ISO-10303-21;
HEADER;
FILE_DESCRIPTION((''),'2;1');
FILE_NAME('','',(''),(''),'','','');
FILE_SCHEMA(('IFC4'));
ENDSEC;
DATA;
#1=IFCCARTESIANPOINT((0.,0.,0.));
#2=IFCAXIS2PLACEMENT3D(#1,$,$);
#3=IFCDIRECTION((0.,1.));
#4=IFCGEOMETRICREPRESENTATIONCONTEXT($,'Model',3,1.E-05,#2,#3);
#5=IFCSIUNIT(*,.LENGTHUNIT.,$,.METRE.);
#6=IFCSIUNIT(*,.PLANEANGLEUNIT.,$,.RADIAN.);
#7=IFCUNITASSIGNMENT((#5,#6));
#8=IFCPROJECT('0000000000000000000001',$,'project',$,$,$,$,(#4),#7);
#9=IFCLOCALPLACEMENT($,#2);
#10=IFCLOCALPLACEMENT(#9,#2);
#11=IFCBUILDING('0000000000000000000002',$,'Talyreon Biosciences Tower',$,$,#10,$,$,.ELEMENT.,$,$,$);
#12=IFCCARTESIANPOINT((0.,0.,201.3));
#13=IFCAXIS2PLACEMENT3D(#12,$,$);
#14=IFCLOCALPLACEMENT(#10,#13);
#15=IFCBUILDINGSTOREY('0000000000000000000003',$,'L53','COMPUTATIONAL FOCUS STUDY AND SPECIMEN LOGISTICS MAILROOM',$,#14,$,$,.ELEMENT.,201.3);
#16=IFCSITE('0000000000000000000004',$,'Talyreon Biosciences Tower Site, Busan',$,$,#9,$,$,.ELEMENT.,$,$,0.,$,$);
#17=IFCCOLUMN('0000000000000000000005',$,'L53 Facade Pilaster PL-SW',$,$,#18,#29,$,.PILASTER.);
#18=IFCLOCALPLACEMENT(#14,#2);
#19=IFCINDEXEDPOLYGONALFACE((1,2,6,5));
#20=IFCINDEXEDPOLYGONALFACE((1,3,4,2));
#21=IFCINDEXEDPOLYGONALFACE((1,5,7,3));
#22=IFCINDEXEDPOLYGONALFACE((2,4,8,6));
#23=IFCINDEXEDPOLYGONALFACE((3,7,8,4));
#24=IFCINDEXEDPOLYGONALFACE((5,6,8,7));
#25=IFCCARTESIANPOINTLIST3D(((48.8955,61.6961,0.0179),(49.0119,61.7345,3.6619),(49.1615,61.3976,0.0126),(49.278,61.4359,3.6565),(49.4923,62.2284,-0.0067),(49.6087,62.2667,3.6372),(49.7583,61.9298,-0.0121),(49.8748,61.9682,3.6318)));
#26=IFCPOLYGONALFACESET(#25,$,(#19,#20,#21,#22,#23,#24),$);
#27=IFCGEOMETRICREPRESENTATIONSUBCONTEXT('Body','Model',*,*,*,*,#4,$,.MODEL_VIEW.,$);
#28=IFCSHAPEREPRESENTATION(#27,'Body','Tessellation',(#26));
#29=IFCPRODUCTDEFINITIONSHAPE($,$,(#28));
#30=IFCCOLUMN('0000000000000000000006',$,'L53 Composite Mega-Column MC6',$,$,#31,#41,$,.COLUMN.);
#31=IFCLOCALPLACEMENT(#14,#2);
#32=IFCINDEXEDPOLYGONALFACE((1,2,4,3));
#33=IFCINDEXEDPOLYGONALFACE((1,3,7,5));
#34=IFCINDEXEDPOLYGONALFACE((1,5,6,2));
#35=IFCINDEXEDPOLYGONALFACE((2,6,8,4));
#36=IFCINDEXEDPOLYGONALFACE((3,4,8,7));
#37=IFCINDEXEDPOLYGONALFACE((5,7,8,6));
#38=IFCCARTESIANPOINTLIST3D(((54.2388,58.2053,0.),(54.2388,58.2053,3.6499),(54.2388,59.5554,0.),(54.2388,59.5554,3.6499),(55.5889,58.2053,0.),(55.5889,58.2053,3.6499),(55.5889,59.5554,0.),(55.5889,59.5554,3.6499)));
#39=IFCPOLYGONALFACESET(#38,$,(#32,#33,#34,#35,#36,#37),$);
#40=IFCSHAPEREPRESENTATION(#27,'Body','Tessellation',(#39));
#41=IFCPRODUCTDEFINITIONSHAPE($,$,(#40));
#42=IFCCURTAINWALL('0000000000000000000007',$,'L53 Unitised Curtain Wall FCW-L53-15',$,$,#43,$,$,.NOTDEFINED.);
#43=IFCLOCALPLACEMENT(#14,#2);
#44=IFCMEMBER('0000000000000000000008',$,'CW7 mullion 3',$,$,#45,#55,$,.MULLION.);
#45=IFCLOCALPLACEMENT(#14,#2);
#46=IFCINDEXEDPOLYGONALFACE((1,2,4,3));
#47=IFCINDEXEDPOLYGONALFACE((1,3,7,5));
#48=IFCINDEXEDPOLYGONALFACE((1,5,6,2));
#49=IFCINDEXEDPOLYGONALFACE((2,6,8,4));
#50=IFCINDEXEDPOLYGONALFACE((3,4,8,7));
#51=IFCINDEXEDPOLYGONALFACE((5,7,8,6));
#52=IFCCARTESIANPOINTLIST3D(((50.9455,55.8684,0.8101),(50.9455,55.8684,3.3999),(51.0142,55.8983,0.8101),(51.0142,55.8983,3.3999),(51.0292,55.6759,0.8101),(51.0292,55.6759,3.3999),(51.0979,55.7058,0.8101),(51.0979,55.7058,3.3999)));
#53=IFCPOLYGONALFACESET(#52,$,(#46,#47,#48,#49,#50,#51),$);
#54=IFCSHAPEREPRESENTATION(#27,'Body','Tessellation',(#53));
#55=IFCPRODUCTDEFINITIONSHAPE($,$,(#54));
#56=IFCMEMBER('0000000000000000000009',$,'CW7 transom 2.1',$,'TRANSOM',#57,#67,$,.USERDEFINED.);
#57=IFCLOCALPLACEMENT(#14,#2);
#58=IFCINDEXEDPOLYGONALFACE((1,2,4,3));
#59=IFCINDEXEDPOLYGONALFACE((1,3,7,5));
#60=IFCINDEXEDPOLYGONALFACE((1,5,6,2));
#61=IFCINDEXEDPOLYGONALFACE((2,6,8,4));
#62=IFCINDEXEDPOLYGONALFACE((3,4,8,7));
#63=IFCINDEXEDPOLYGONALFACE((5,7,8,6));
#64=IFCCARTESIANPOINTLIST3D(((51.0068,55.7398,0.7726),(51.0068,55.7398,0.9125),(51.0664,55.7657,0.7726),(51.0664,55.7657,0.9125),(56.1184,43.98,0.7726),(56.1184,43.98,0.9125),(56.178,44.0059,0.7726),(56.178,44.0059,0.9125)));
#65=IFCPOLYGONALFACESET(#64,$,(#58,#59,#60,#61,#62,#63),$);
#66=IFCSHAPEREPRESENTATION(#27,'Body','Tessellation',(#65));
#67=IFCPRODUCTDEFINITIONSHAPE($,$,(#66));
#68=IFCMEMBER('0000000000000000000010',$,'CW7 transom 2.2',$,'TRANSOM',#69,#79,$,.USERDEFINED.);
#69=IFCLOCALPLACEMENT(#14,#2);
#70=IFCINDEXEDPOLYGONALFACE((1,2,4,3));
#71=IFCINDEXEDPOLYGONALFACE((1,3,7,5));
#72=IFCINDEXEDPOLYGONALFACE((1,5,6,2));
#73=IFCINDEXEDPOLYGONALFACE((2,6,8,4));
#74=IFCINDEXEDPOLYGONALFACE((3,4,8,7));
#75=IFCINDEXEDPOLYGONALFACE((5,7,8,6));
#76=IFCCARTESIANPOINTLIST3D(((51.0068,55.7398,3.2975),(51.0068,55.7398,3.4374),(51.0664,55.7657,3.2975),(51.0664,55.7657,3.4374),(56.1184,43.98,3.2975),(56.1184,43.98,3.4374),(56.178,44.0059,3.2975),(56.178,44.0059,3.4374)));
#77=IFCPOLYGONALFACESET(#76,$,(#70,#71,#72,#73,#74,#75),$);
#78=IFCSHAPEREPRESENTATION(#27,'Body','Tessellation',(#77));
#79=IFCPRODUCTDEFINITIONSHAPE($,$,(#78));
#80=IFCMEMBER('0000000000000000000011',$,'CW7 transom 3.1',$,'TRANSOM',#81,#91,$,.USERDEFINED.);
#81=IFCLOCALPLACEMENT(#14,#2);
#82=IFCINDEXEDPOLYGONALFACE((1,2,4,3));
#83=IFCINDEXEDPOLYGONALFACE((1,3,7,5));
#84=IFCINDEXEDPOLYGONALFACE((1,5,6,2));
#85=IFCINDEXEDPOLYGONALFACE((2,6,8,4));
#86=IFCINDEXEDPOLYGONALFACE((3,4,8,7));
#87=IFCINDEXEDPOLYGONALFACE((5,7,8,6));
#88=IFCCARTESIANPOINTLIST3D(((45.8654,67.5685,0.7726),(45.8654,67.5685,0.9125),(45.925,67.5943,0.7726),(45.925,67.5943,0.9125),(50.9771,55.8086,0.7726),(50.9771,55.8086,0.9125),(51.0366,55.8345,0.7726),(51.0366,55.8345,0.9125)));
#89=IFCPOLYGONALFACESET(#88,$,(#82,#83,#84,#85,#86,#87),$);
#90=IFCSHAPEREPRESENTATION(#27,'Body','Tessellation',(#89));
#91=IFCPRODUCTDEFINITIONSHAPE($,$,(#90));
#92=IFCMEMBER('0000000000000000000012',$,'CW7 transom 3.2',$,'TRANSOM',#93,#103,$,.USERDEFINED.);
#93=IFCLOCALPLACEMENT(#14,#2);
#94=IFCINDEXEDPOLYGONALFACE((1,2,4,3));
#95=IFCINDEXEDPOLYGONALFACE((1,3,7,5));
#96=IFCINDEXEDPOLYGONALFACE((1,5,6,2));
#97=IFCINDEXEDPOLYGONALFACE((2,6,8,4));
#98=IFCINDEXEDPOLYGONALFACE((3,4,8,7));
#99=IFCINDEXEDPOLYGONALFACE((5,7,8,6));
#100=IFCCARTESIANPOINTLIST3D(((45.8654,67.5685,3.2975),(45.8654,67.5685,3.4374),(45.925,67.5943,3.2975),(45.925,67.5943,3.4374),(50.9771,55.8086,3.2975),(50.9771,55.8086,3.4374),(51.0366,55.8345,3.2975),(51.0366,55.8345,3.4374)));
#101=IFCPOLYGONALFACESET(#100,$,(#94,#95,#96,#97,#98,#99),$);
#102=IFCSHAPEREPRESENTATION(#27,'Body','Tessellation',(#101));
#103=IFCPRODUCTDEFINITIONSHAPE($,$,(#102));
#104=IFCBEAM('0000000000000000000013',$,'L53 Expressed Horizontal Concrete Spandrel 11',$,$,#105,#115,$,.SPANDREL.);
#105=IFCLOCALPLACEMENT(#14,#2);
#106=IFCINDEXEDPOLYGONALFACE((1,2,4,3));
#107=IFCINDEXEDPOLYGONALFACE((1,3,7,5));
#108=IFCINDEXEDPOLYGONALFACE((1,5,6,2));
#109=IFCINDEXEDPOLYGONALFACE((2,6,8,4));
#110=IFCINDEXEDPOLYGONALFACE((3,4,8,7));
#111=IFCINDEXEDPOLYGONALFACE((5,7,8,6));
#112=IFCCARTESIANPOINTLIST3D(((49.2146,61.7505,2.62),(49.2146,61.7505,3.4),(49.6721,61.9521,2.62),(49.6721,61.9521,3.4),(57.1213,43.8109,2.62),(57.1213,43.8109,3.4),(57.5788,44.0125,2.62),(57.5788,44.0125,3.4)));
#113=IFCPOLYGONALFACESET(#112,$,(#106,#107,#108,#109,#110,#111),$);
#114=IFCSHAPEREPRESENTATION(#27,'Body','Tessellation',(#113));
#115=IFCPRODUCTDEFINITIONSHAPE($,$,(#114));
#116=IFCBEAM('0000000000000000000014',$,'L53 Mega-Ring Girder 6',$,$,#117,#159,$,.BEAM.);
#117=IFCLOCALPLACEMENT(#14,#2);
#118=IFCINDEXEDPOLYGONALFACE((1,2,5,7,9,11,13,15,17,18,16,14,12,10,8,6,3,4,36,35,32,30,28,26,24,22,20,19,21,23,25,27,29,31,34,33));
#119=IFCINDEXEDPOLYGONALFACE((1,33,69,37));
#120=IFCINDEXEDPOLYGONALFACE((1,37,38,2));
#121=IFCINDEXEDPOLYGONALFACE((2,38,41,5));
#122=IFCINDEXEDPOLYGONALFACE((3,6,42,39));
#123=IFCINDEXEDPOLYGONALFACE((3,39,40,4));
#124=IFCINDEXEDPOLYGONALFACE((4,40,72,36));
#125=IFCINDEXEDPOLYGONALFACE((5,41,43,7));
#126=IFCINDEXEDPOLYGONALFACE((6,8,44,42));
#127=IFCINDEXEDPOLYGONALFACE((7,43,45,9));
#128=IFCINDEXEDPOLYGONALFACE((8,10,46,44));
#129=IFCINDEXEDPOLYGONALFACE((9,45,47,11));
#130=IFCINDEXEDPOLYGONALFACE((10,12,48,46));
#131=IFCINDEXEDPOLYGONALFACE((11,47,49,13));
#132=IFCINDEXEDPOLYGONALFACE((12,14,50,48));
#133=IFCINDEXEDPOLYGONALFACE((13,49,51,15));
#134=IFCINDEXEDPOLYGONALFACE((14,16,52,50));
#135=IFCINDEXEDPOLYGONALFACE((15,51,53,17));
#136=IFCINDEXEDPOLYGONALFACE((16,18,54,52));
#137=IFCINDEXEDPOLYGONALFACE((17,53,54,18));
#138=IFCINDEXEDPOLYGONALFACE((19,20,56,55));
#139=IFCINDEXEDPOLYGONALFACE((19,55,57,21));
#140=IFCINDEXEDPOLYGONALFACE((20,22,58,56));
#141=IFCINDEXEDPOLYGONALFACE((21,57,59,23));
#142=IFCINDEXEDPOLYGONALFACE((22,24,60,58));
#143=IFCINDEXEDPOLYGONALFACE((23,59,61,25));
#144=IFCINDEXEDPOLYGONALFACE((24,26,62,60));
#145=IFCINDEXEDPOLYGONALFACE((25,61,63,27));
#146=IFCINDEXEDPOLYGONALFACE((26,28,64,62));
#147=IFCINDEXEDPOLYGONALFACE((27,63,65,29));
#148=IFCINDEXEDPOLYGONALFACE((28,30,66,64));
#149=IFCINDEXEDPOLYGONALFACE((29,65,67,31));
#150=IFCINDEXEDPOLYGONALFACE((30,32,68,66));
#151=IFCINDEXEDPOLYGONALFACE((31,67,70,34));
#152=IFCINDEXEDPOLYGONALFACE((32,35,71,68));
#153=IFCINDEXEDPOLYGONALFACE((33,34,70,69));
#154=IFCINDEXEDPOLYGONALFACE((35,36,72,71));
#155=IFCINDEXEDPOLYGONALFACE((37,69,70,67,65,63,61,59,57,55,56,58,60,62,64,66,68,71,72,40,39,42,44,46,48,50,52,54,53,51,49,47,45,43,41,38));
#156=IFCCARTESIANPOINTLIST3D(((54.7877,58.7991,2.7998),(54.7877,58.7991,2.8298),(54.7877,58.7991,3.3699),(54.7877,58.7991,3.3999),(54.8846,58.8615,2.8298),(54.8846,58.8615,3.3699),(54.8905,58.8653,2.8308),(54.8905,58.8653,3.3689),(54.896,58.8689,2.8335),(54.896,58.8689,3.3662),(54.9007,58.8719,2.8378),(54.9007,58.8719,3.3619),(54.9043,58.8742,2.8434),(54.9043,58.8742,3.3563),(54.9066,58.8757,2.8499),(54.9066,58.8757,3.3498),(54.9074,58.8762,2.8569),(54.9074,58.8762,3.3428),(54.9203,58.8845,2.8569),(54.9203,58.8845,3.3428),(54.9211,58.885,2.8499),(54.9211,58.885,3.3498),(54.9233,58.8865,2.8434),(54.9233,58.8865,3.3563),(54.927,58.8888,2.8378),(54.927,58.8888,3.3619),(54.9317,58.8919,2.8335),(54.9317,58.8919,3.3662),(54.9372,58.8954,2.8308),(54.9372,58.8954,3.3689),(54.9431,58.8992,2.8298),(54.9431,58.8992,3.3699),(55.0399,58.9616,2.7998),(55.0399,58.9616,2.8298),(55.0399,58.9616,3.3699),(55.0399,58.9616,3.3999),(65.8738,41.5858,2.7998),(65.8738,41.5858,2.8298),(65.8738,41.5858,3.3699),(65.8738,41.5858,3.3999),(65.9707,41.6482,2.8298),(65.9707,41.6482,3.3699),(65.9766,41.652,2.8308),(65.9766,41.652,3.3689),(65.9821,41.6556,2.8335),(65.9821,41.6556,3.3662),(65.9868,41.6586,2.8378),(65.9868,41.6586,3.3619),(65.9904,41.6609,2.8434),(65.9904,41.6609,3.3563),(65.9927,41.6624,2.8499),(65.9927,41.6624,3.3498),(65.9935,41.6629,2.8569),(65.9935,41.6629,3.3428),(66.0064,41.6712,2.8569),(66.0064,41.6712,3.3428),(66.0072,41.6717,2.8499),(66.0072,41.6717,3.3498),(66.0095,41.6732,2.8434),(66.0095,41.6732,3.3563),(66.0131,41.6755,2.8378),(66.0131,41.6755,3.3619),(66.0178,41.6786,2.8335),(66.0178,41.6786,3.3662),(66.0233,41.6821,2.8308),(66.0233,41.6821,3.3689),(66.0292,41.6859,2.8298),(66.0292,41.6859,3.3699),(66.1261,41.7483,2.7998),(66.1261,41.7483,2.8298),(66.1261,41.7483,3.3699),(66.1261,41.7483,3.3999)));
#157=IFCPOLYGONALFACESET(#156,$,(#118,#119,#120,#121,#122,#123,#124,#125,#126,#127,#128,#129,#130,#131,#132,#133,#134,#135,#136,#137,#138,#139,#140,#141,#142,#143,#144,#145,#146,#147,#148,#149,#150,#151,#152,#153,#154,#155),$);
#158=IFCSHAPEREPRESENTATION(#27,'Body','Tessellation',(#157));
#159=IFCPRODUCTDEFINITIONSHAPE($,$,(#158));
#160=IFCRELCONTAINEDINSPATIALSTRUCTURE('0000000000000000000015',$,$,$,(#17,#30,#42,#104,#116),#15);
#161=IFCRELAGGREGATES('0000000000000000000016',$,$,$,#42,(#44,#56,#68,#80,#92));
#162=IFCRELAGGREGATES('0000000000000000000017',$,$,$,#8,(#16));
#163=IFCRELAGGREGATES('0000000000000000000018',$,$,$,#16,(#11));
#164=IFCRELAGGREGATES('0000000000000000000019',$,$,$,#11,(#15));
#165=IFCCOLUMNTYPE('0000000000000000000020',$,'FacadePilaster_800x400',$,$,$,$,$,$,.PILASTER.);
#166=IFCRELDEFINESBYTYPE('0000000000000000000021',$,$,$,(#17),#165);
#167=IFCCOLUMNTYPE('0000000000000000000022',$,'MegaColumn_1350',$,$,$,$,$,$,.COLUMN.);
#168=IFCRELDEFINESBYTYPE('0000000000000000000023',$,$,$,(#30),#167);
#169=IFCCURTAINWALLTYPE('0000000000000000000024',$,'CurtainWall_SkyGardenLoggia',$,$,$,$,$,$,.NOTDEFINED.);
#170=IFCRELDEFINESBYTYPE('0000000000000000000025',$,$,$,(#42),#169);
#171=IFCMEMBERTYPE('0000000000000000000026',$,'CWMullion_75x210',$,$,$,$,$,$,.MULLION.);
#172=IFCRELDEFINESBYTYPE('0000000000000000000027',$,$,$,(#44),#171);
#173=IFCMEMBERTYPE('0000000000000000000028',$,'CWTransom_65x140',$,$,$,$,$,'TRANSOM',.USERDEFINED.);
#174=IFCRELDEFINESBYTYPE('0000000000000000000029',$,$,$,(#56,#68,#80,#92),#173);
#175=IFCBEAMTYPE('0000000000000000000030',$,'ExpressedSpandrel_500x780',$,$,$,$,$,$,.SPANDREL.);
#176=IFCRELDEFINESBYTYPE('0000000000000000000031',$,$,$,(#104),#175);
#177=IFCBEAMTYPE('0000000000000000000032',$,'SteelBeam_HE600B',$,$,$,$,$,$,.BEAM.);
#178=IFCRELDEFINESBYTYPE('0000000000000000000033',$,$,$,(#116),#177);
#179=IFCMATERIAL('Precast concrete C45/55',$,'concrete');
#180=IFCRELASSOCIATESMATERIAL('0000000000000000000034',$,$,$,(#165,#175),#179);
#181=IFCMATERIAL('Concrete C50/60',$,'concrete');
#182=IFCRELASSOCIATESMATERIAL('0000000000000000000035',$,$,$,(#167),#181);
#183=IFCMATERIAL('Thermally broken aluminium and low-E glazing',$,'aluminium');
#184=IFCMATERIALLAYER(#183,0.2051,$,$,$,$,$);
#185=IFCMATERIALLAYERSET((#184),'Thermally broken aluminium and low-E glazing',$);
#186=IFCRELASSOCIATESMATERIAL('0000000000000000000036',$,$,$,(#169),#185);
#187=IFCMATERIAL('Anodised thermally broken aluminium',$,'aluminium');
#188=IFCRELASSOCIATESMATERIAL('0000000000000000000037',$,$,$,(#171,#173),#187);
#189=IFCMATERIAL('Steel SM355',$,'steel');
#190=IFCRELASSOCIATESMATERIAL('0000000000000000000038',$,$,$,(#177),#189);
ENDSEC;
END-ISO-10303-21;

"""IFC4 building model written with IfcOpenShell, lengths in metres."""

from ifc_helpers import new_model, si_unit, direction, frame, origin, origin_2d, place, context, subcontext, project, spatial, rectangle, i_section, extrude, material, layer, layer_set, material_profile, profile_set, type_object, element, aggregate, save


model = new_model("IFC4")

# Units and contexts
model_context = context("Model", 3, precision=1e-05, world=origin(), true_north=direction((0.0, 1.0)))
body_context = subcontext(model_context, "Body", "Model", "MODEL_VIEW")
ifc_project = project(units=[si_unit("LENGTHUNIT", "METRE"), si_unit("PLANEANGLEUNIT", "RADIAN")], contexts=[model_context])

# Site, building, storey
site_placement = place(None, origin())
site = spatial("IfcSite", under=ifc_project, at=site_placement, Name="Talyreon Biosciences Tower Site, Busan", CompositionType="ELEMENT", RefElevation=0.0)
building_placement = place(site_placement, origin())
building = spatial("IfcBuilding", under=site, at=building_placement, Name="Talyreon Biosciences Tower", CompositionType="ELEMENT")
storey_placement = place(building_placement, frame((0.0, 0.0, 201.3)))
storey = spatial("IfcBuildingStorey", under=building, at=storey_placement, Name="L53", Description="COMPUTATIONAL FOCUS STUDY AND SPECIMEN LOGISTICS MAILROOM", CompositionType="ELEMENT", Elevation=201.3)

# Columns
ifc_material_1 = material(Name="Precast concrete C45/55", Category="concrete")
ifc_material_profile_1 = material_profile(ifc_material_1, rectangle(XDim=0.8, YDim=0.3999, at=origin_2d()), Name="RC 800x400")
ifc_profile_set_1 = profile_set([ifc_material_profile_1], Name="Precast concrete C45/55")
column_type_1 = type_object("IfcColumnType", Name="FacadePilaster_800x400", PredefinedType="PILASTER", material=ifc_profile_set_1)
column_1_placement = place(storey_placement, frame((49.3269, 61.813, 0.0029), z_axis=(0.03194, 0.010513, 0.999435), x_axis=(0.745966, 0.66527, -0.030837)))
element("IfcColumn", 1, at=column_1_placement, inside=storey, type_object=column_type_1, Name="L53 Facade Pilaster PL-SW", PredefinedType="PILASTER", context=body_context, shape_type="SweptSolid", body=[
    extrude(rectangle(XDim=0.8, YDim=0.3999, at=origin_2d()), origin(), (0.0, 0.0, 1.0), 3.646),
])
ifc_material_2 = material(Name="Concrete C50/60", Category="concrete")
ifc_material_profile_2 = material_profile(ifc_material_2, rectangle(XDim=1.3501, YDim=1.3501, at=origin_2d()), Name="RC 1350x1350")
ifc_profile_set_2 = profile_set([ifc_material_profile_2], Name="Concrete C50/60")
column_type_2 = type_object("IfcColumnType", Name="MegaColumn_1350", PredefinedType="COLUMN", material=ifc_profile_set_2)
column_2_placement = place(storey_placement, frame((54.9138, 58.8804, 0.0), z_axis=(0.0, 0.0, 1.0), x_axis=(1.0, 0.0, 0.0)))
element("IfcColumn", 2, at=column_2_placement, inside=storey, type_object=column_type_2, Name="L53 Composite Mega-Column MC6", PredefinedType="COLUMN", context=body_context, shape_type="SweptSolid", body=[
    extrude(rectangle(XDim=1.3501, YDim=1.3501, at=origin_2d()), origin(), (0.0, 0.0, 1.0), 3.6499),
])

# Curtain wall, members
ifc_material_3 = material(Name="Thermally broken aluminium and low-E glazing", Category="aluminium")
ifc_layer_1 = layer(ifc_material_3, 0.2051)
ifc_layer_set_1 = layer_set([ifc_layer_1], Name="Thermally broken aluminium and low-E glazing")
curtain_wall_type = type_object("IfcCurtainWallType", Name="CurtainWall_SkyGardenLoggia", PredefinedType="NOTDEFINED", material=ifc_layer_set_1)
curtain_wall_placement = place(storey_placement, origin())
curtain_wall = element("IfcCurtainWall", 3, at=curtain_wall_placement, inside=storey, type_object=curtain_wall_type, Name="L53 Unitised Curtain Wall FCW-L53-15", PredefinedType="NOTDEFINED")
ifc_material_4 = material(Name="Anodised thermally broken aluminium", Category="aluminium")
ifc_material_profile_3 = material_profile(ifc_material_4, rectangle(XDim=0.075, YDim=0.21, at=origin_2d()), Name="ALUM MULLION 75x210")
ifc_profile_set_3 = profile_set([ifc_material_profile_3], Name="Anodised thermally broken aluminium")
member_type_1 = type_object("IfcMemberType", Name="CWMullion_75x210", PredefinedType="MULLION", material=ifc_profile_set_3)
member_1_placement = place(storey_placement, frame((51.0217, 55.7871, 0.8101), z_axis=(0.0, 0.0, 1.0), x_axis=(-0.917113, -0.398626, 0.0)))
member_1 = element("IfcMember", 4, at=member_1_placement, type_object=member_type_1, Name="CW7 mullion 3", PredefinedType="MULLION", context=body_context, shape_type="SweptSolid", body=[
    extrude(rectangle(XDim=0.075, YDim=0.21, at=origin_2d()), origin(), (0.0, 0.0, 1.0), 2.5898),
])
ifc_material_profile_4 = material_profile(ifc_material_4, rectangle(XDim=0.0649, YDim=0.1399, at=origin_2d()), Name="ALUM TRANSOM 65x140")
ifc_profile_set_4 = profile_set([ifc_material_profile_4], Name="Anodised thermally broken aluminium")
member_type_2 = type_object("IfcMemberType", Name="CWTransom_65x140", ElementType="TRANSOM", PredefinedType="USERDEFINED", material=ifc_profile_set_4)
member_2_placement = place(storey_placement, frame((56.1482, 43.9929, 0.8425), z_axis=(-0.398636, 0.917109, 0.0), x_axis=(-0.917109, -0.398636, 0.0)))
member_2 = element("IfcMember", 5, at=member_2_placement, type_object=member_type_2, Name="CW7 transom 2.1", ObjectType="TRANSOM", PredefinedType="USERDEFINED", context=body_context, shape_type="SweptSolid", body=[
    extrude(rectangle(XDim=0.0649, YDim=0.1399, at=origin_2d()), origin(), (0.0, 0.0, 1.0), 12.8228),
])
member_3_placement = place(storey_placement, frame((56.1482, 43.9929, 3.3674), z_axis=(-0.398636, 0.917109, 0.0), x_axis=(-0.917109, -0.398636, 0.0)))
member_3 = element("IfcMember", 6, at=member_3_placement, type_object=member_type_2, Name="CW7 transom 2.2", ObjectType="TRANSOM", PredefinedType="USERDEFINED", context=body_context, shape_type="SweptSolid", body=[
    extrude(rectangle(XDim=0.0649, YDim=0.1399, at=origin_2d()), origin(), (0.0, 0.0, 1.0), 12.8228),
])
member_4_placement = place(storey_placement, frame((51.0068, 55.8215, 0.8425), z_axis=(-0.398636, 0.917109, 0.0), x_axis=(-0.917109, -0.398636, 0.0)))
member_4 = element("IfcMember", 7, at=member_4_placement, type_object=member_type_2, Name="CW7 transom 3.1", ObjectType="TRANSOM", PredefinedType="USERDEFINED", context=body_context, shape_type="SweptSolid", body=[
    extrude(rectangle(XDim=0.0649, YDim=0.1399, at=origin_2d()), origin(), (0.0, 0.0, 1.0), 12.8228),
])
member_5_placement = place(storey_placement, frame((51.0068, 55.8215, 3.3674), z_axis=(-0.398636, 0.917109, 0.0), x_axis=(-0.917109, -0.398636, 0.0)))
member_5 = element("IfcMember", 8, at=member_5_placement, type_object=member_type_2, Name="CW7 transom 3.2", ObjectType="TRANSOM", PredefinedType="USERDEFINED", context=body_context, shape_type="SweptSolid", body=[
    extrude(rectangle(XDim=0.0649, YDim=0.1399, at=origin_2d()), origin(), (0.0, 0.0, 1.0), 12.8228),
])

# Beams
ifc_material_profile_5 = material_profile(ifc_material_1, rectangle(XDim=0.5, YDim=0.78, at=origin_2d()), Name="RCB 500x780")
ifc_profile_set_5 = profile_set([ifc_material_profile_5], Name="Precast concrete C45/55")
beam_type_1 = type_object("IfcBeamType", Name="ExpressedSpandrel_500x780", PredefinedType="SPANDREL", material=ifc_profile_set_5)
beam_1_placement = place(storey_placement, frame((49.4434, 61.8513, 3.01), z_axis=(0.403306, -0.915065, 0.0), x_axis=(0.915065, 0.403306, 0.0)))
element("IfcBeam", 9, at=beam_1_placement, inside=storey, type_object=beam_type_1, Name="L53 Expressed Horizontal Concrete Spandrel 11", PredefinedType="SPANDREL", context=body_context, shape_type="SweptSolid", body=[
    extrude(rectangle(XDim=0.5, YDim=0.78, at=origin_2d()), origin(), (0.0, 0.0, 1.0), 19.6047),
])
ifc_material_5 = material(Name="Steel SM355", Category="steel")
ifc_material_profile_6 = material_profile(ifc_material_5, i_section(OverallWidth=0.3, OverallDepth=0.6001, WebThickness=0.0154, FlangeThickness=0.03, FilletRadius=0.0271, at=origin_2d()), Name="HE600B")
ifc_profile_set_6 = profile_set([ifc_material_profile_6], Name="Steel SM355")
beam_type_2 = type_object("IfcBeamType", Name="SteelBeam_HE600B", PredefinedType="BEAM", material=ifc_profile_set_6)
beam_2_placement = place(storey_placement, frame((54.9138, 58.8804, 3.0999), z_axis=(0.541464, -0.840724, 0.0), x_axis=(0.840724, 0.541464, 0.0)))
element("IfcBeam", 10, at=beam_2_placement, inside=storey, type_object=beam_type_2, Name="L53 Mega-Ring Girder 6", PredefinedType="BEAM", context=body_context, shape_type="SweptSolid", body=[
    extrude(i_section(OverallWidth=0.3, OverallDepth=0.6001, WebThickness=0.0154, FlangeThickness=0.03, FilletRadius=0.0271, at=origin_2d()), origin(), (0.0, 0.0, 1.0), 20.4744),
])

aggregate(curtain_wall, [member_1, member_2, member_3, member_4, member_5])

save(model, "model.ifc")
